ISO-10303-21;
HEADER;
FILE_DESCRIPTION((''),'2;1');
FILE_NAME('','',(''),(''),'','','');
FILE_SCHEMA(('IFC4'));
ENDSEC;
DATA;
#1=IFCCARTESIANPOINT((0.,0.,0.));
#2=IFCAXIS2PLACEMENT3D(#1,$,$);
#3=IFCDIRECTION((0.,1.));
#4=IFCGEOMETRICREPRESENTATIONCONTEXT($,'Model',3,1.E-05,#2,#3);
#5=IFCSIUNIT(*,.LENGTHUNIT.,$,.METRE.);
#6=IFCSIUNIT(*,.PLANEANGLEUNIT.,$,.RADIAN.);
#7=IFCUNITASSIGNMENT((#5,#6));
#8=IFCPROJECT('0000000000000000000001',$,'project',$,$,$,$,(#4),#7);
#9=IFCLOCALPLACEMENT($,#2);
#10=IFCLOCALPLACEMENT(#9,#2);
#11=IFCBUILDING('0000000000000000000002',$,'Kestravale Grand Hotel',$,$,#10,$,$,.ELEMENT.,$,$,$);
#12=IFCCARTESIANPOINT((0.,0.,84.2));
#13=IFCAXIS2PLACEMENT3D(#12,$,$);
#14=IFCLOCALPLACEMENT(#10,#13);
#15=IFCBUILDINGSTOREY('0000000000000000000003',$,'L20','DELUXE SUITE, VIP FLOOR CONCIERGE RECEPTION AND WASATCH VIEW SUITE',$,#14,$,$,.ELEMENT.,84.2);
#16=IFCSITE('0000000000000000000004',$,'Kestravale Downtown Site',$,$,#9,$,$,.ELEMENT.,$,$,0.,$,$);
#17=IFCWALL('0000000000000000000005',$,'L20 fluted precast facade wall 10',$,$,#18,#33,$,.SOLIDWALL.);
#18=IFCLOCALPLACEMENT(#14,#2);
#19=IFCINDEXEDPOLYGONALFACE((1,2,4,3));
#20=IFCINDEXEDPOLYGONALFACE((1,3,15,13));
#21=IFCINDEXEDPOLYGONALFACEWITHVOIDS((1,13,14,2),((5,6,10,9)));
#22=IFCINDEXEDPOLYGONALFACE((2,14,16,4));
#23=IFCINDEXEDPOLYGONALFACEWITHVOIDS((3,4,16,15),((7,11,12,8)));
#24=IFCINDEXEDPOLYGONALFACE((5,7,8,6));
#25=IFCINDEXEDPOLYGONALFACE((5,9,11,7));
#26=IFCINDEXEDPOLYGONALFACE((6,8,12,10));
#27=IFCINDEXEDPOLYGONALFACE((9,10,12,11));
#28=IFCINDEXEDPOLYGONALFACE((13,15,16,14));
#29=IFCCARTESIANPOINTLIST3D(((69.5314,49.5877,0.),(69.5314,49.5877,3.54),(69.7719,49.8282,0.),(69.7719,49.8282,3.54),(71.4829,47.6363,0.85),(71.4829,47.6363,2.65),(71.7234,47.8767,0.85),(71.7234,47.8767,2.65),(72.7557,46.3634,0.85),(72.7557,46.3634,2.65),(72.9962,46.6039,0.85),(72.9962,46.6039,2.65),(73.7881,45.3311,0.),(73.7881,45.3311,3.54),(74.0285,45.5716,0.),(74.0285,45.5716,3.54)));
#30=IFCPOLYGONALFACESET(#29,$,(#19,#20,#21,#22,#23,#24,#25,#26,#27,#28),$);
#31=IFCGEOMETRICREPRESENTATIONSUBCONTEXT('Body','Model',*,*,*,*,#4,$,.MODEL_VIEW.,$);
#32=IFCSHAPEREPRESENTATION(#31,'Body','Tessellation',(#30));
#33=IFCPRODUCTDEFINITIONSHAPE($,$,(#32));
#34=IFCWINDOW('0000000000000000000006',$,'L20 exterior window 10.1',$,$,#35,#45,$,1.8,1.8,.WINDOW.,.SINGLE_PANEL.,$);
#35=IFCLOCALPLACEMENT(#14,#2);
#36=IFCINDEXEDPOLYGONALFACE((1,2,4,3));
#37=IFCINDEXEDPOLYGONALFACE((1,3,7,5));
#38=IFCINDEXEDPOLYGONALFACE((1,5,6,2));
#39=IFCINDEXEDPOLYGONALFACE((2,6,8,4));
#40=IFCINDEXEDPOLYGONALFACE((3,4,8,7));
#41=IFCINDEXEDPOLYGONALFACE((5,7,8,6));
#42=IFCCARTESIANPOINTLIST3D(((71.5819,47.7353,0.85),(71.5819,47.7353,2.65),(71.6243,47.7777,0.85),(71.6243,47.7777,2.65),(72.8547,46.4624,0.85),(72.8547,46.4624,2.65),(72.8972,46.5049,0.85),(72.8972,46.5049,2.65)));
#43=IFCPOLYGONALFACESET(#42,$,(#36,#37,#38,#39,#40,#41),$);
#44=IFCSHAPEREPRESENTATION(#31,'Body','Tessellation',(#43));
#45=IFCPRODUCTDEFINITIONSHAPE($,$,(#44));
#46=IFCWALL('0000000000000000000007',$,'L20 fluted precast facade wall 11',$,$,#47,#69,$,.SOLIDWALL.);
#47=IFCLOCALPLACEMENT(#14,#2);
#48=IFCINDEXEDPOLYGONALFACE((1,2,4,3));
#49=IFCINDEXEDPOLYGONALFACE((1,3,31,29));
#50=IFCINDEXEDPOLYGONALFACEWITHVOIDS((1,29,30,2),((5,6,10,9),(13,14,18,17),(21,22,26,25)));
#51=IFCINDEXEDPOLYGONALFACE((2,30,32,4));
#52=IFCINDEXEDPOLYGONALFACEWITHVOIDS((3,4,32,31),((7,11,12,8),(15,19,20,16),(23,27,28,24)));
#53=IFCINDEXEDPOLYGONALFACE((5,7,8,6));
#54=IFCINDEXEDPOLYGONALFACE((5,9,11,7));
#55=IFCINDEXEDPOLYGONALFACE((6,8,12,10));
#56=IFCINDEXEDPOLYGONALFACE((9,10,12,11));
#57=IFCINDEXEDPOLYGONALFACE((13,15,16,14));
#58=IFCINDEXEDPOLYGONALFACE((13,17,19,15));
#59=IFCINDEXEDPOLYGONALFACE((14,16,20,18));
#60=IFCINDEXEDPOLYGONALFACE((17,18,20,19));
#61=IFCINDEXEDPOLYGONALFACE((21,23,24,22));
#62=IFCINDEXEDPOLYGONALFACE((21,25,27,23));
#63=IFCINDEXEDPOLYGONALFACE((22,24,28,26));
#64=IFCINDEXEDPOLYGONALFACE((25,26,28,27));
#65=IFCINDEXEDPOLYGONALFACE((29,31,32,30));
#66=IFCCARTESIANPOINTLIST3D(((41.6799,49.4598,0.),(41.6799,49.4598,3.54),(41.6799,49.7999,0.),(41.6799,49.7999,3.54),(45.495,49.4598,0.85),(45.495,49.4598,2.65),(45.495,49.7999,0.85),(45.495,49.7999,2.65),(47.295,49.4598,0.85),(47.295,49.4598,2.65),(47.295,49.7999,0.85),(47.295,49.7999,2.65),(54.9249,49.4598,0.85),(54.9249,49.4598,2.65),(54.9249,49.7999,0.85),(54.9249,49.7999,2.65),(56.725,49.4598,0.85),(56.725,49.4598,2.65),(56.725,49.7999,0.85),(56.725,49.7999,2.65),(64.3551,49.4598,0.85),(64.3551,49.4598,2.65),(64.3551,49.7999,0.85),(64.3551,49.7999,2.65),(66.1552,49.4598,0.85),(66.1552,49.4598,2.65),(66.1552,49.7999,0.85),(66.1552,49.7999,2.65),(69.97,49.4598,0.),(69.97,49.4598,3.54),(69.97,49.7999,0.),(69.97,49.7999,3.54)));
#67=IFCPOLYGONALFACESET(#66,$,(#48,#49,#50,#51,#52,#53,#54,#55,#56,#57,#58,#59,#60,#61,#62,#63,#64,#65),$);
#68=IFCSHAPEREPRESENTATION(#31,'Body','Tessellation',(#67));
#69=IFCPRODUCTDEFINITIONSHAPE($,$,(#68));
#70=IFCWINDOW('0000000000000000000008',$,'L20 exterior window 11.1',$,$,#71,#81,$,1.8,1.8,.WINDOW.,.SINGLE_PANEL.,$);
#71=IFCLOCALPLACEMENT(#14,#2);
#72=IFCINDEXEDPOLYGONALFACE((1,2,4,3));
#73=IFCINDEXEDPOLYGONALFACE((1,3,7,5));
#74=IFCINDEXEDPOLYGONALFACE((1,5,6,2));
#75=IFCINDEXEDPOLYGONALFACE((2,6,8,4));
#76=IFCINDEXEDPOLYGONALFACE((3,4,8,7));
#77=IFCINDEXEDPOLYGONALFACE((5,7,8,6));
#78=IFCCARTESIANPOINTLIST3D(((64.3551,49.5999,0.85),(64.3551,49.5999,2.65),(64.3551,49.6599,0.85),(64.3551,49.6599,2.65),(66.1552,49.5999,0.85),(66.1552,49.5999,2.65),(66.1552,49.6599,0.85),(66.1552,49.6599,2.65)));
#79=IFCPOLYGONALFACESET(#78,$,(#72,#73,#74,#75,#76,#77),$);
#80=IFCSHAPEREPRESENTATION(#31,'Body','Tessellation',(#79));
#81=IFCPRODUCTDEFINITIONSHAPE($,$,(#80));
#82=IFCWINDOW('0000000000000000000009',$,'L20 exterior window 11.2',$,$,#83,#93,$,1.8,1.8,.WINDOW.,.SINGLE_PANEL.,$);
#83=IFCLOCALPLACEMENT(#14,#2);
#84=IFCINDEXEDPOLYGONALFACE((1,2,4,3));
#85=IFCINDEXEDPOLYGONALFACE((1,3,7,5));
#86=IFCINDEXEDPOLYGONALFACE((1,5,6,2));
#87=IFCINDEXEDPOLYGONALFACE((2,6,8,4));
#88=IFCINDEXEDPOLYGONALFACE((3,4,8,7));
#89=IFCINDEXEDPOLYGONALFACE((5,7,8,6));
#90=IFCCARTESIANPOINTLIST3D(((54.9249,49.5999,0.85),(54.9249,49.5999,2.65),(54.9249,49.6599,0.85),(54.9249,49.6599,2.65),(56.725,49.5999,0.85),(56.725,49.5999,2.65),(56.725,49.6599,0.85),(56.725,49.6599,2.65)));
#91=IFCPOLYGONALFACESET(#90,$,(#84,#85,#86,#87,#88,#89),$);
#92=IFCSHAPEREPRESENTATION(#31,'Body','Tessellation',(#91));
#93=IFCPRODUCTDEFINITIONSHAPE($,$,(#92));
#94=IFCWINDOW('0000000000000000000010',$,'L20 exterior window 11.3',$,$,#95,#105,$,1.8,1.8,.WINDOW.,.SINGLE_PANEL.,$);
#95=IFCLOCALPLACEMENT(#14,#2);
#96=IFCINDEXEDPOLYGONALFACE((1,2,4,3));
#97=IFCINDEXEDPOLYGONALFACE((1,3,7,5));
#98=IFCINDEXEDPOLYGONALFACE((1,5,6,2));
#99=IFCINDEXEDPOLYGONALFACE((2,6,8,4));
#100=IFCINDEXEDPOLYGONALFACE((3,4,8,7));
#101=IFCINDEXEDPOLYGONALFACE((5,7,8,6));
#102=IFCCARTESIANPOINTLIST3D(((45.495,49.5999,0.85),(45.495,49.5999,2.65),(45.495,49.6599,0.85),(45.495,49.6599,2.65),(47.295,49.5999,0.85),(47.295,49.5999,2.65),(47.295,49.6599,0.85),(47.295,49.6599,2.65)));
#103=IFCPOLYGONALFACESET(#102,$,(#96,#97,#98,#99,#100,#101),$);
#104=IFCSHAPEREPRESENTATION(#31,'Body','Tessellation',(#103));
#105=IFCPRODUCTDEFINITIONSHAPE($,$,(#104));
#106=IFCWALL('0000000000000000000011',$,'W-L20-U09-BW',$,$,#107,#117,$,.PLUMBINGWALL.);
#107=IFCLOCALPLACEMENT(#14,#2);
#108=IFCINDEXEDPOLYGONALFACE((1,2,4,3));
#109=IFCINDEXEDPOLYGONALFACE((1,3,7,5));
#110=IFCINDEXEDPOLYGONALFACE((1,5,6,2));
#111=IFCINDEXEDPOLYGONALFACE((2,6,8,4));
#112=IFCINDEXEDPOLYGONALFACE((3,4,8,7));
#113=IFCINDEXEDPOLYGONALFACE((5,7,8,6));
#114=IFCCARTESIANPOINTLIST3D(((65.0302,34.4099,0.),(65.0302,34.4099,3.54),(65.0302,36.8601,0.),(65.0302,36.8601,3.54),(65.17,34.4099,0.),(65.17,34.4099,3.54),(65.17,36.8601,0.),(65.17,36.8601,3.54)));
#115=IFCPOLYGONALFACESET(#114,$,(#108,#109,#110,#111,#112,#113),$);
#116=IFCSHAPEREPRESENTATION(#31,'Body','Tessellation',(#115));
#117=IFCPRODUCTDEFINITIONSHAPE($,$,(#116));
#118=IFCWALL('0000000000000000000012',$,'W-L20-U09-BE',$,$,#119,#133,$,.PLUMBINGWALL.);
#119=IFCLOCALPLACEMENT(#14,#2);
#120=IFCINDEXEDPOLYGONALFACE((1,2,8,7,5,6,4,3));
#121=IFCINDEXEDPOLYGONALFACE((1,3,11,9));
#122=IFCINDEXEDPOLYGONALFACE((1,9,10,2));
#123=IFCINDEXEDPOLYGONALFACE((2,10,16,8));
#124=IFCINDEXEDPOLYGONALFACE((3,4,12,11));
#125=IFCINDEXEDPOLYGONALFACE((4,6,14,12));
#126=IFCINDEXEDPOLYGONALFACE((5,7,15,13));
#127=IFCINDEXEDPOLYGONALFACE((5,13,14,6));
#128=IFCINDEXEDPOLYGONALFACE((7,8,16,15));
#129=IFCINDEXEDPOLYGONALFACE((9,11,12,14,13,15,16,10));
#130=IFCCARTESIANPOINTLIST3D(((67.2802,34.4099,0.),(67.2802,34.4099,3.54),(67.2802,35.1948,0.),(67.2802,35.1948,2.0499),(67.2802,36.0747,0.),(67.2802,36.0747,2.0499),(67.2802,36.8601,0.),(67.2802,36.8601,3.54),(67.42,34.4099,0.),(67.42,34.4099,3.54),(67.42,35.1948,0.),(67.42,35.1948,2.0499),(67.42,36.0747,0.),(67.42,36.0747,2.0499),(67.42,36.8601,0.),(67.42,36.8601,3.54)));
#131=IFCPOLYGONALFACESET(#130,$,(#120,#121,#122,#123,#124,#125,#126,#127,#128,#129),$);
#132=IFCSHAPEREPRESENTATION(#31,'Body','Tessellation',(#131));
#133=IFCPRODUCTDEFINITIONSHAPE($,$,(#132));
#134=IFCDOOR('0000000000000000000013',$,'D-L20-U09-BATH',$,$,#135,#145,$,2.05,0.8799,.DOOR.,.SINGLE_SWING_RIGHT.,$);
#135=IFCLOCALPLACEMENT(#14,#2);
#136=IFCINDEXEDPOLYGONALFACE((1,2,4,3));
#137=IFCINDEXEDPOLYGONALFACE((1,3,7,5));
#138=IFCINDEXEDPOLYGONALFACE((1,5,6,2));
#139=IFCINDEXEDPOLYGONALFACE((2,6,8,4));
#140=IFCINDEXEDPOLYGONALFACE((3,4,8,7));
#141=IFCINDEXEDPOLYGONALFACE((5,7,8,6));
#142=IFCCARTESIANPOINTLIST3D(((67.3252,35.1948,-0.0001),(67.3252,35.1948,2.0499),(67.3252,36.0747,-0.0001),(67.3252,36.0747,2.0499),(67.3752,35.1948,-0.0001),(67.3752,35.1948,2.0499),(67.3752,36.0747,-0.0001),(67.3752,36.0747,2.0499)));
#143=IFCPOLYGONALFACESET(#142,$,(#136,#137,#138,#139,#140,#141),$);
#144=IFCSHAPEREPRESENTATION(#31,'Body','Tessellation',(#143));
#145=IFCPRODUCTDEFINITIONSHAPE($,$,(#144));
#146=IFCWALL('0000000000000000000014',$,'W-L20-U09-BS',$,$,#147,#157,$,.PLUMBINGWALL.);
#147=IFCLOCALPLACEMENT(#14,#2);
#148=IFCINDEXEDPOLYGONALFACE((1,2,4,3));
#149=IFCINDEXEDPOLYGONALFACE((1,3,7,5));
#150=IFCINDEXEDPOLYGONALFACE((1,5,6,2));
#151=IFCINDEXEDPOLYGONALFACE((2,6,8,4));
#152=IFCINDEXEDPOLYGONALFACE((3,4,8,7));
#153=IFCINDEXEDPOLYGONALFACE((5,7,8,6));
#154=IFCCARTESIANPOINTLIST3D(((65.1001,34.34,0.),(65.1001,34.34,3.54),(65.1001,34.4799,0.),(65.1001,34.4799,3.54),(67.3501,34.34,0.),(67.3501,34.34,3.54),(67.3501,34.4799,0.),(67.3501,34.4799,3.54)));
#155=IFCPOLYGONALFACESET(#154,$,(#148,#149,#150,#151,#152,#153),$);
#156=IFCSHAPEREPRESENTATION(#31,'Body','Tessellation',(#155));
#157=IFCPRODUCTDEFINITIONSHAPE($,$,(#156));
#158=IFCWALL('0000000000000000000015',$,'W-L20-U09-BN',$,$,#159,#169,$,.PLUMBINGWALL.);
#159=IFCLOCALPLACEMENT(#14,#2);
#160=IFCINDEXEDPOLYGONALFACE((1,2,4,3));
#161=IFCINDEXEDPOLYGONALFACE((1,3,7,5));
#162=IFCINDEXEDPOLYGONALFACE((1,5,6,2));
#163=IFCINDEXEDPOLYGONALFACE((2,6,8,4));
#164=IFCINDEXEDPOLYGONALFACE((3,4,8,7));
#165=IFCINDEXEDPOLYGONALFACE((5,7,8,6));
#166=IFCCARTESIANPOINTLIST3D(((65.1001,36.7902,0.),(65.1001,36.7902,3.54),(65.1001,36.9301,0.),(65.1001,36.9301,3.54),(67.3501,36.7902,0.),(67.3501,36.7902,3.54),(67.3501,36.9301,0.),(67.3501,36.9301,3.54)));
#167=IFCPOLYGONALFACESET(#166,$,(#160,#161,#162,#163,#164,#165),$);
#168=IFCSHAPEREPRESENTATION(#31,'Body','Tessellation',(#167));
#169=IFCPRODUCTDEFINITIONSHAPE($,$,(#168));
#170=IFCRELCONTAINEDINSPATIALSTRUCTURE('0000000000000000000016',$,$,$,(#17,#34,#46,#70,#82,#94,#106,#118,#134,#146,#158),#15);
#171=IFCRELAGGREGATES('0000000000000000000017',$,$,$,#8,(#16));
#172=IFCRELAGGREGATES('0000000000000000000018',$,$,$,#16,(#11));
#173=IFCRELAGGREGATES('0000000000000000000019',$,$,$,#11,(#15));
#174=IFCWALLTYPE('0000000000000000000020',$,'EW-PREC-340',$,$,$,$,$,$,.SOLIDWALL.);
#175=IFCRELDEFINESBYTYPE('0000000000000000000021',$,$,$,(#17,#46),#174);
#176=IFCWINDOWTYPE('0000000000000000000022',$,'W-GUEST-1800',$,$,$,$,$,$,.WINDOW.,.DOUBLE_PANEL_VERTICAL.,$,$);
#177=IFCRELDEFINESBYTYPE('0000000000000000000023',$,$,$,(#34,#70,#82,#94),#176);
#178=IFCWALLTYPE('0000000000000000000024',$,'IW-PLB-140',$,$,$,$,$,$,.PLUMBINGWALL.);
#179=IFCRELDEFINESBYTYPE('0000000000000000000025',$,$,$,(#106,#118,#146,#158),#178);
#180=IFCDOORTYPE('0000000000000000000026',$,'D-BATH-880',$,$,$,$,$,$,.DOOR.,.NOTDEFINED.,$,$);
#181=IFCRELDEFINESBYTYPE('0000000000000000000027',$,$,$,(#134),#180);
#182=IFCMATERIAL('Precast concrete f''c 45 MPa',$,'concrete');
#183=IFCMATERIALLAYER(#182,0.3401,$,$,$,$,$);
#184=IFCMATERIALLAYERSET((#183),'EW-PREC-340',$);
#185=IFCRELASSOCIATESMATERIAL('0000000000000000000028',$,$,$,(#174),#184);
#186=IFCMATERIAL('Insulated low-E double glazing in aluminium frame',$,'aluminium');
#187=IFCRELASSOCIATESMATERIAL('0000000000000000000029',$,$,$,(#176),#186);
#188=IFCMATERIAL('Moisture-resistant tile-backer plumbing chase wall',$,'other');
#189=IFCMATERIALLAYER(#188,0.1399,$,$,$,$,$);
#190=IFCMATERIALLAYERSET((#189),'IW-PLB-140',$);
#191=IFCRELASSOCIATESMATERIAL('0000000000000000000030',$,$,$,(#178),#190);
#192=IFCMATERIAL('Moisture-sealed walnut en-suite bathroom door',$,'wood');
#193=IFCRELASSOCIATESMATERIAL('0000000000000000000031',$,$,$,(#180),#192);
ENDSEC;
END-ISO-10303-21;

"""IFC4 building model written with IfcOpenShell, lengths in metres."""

from ifc_helpers import new_model, si_unit, direction, frame, frame_2d, origin, place, context, subcontext, project, spatial, rectangle, extrude, material, layer, layer_set, type_object, element, fill, save


model = new_model("IFC4")

# Units and contexts
model_context = context("Model", 3, precision=1e-05, world=origin(), true_north=direction((0.0, 1.0)))
body_context = subcontext(model_context, "Body", "Model", "MODEL_VIEW")
ifc_project = project(units=[si_unit("LENGTHUNIT", "METRE"), si_unit("PLANEANGLEUNIT", "RADIAN")], contexts=[model_context])

# Site, building, storey
site_placement = place(None, origin())
site = spatial("IfcSite", under=ifc_project, at=site_placement, Name="Kestravale Downtown Site", CompositionType="ELEMENT", RefElevation=0.0)
building_placement = place(site_placement, origin())
building = spatial("IfcBuilding", under=site, at=building_placement, Name="Kestravale Grand Hotel", CompositionType="ELEMENT")
storey_placement = place(building_placement, frame((0.0, 0.0, 84.2)))
storey = spatial("IfcBuildingStorey", under=building, at=storey_placement, Name="L20", Description="DELUXE SUITE, VIP FLOOR CONCIERGE RECEPTION AND WASATCH VIEW SUITE", CompositionType="ELEMENT", Elevation=84.2)

# Wall, opening, window
ifc_material_1 = material(Name="Precast concrete f'c 45 MPa", Category="concrete")
ifc_layer_1 = layer(ifc_material_1, 0.3401)
ifc_layer_set_1 = layer_set([ifc_layer_1], Name="EW-PREC-340")
wall_type_1 = type_object("IfcWallType", Name="EW-PREC-340", PredefinedType="SOLIDWALL", material=ifc_layer_set_1)
wall_1_placement = place(storey_placement, frame((73.9082, 45.4514, 0.0), z_axis=(0.0, 0.0, 1.0), x_axis=(-0.707107, 0.707107, 0.0)))
wall_1 = element("IfcWall", 1, at=wall_1_placement, inside=storey, type_object=wall_type_1, Name="L20 fluted precast facade wall 10", PredefinedType="SOLIDWALL", context=body_context, shape_type="SweptSolid", body=[
    extrude(rectangle(XDim=6.0198, YDim=0.3401, at=frame_2d((3.0098, 0.0))), origin(), (0.0, 0.0, 1.0), 3.54),
])
opening_1_placement = place(wall_1_placement, frame((1.46, 0.0, 0.8501)))
opening_1 = element("IfcOpeningElement", 2, at=opening_1_placement, cuts=wall_1, PredefinedType="OPENING", context=body_context, shape_type="SweptSolid", body=[
    extrude(rectangle(XDim=1.8, YDim=1.8, at=frame_2d((0.8999, 0.8999))), frame((0.0, 0.1799, 0.0), z_axis=(0.0, -1.0, 0.0), x_axis=(1.0, 0.0, 0.0)), (0.0, 0.0, 1.0), 0.3601),
])
ifc_material_2 = material(Name="Insulated low-E double glazing in aluminium frame", Category="aluminium")
window_type = type_object("IfcWindowType", Name="W-GUEST-1800", PartitioningType="DOUBLE_PANEL_VERTICAL", PredefinedType="WINDOW", material=ifc_material_2)
window_1_placement = place(opening_1_placement, origin())
window_1 = element("IfcWindow", 3, at=window_1_placement, inside=storey, type_object=window_type, Name="L20 exterior window 10.1", OverallHeight=1.8, OverallWidth=1.8, PartitioningType="SINGLE_PANEL", PredefinedType="WINDOW", context=body_context, shape_type="SweptSolid", body=[
    extrude(rectangle(XDim=1.8, YDim=1.8, at=frame_2d((0.8999, 0.8999))), frame((0.0, 0.03, 0.0), z_axis=(0.0, -1.0, 0.0), x_axis=(1.0, 0.0, 0.0)), (0.0, 0.0, 1.0), 0.0601),
])
fill(opening_1, window_1)

# Wall, openings, windows
wall_2_placement = place(storey_placement, frame((69.97, 49.6299, 0.0), z_axis=(0.0, 0.0, 1.0), x_axis=(-1.0, 0.0, 0.0)))
wall_2 = element("IfcWall", 4, at=wall_2_placement, inside=storey, type_object=wall_type_1, Name="L20 fluted precast facade wall 11", PredefinedType="SOLIDWALL", context=body_context, shape_type="SweptSolid", body=[
    extrude(rectangle(XDim=28.29, YDim=0.3401, at=frame_2d((14.145, 0.0))), origin(), (0.0, 0.0, 1.0), 3.54),
])
opening_2_placement = place(wall_2_placement, frame((3.8149, 0.0, 0.8501)))
opening_2 = element("IfcOpeningElement", 5, at=opening_2_placement, cuts=wall_2, PredefinedType="OPENING", context=body_context, shape_type="SweptSolid", body=[
    extrude(rectangle(XDim=1.8, YDim=1.8, at=frame_2d((0.8999, 0.8999))), frame((0.0, 0.1799, 0.0), z_axis=(0.0, -1.0, 0.0), x_axis=(1.0, 0.0, 0.0)), (0.0, 0.0, 1.0), 0.3601),
])
opening_3_placement = place(wall_2_placement, frame((13.2451, 0.0, 0.8501)))
opening_3 = element("IfcOpeningElement", 6, at=opening_3_placement, cuts=wall_2, PredefinedType="OPENING", context=body_context, shape_type="SweptSolid", body=[
    extrude(rectangle(XDim=1.8, YDim=1.8, at=frame_2d((0.8999, 0.8999))), frame((0.0, 0.1799, 0.0), z_axis=(0.0, -1.0, 0.0), x_axis=(1.0, 0.0, 0.0)), (0.0, 0.0, 1.0), 0.3601),
])
opening_4_placement = place(wall_2_placement, frame((22.675, 0.0, 0.8501)))
opening_4 = element("IfcOpeningElement", 7, at=opening_4_placement, cuts=wall_2, PredefinedType="OPENING", context=body_context, shape_type="SweptSolid", body=[
    extrude(rectangle(XDim=1.8, YDim=1.8, at=frame_2d((0.8999, 0.8999))), frame((0.0, 0.1799, 0.0), z_axis=(0.0, -1.0, 0.0), x_axis=(1.0, 0.0, 0.0)), (0.0, 0.0, 1.0), 0.3601),
])
window_2_placement = place(opening_2_placement, origin())
window_2 = element("IfcWindow", 8, at=window_2_placement, inside=storey, type_object=window_type, Name="L20 exterior window 11.1", OverallHeight=1.8, OverallWidth=1.8, PartitioningType="SINGLE_PANEL", PredefinedType="WINDOW", context=body_context, shape_type="SweptSolid", body=[
    extrude(rectangle(XDim=1.8, YDim=1.8, at=frame_2d((0.8999, 0.8999))), frame((0.0, 0.03, 0.0), z_axis=(0.0, -1.0, 0.0), x_axis=(1.0, 0.0, 0.0)), (0.0, 0.0, 1.0), 0.0601),
])
fill(opening_2, window_2)
window_3_placement = place(opening_3_placement, origin())
window_3 = element("IfcWindow", 9, at=window_3_placement, inside=storey, type_object=window_type, Name="L20 exterior window 11.2", OverallHeight=1.8, OverallWidth=1.8, PartitioningType="SINGLE_PANEL", PredefinedType="WINDOW", context=body_context, shape_type="SweptSolid", body=[
    extrude(rectangle(XDim=1.8, YDim=1.8, at=frame_2d((0.8999, 0.8999))), frame((0.0, 0.03, 0.0), z_axis=(0.0, -1.0, 0.0), x_axis=(1.0, 0.0, 0.0)), (0.0, 0.0, 1.0), 0.0601),
])
fill(opening_3, window_3)
window_4_placement = place(opening_4_placement, origin())
window_4 = element("IfcWindow", 10, at=window_4_placement, inside=storey, type_object=window_type, Name="L20 exterior window 11.3", OverallHeight=1.8, OverallWidth=1.8, PartitioningType="SINGLE_PANEL", PredefinedType="WINDOW", context=body_context, shape_type="SweptSolid", body=[
    extrude(rectangle(XDim=1.8, YDim=1.8, at=frame_2d((0.8999, 0.8999))), frame((0.0, 0.03, 0.0), z_axis=(0.0, -1.0, 0.0), x_axis=(1.0, 0.0, 0.0)), (0.0, 0.0, 1.0), 0.0601),
])
fill(opening_4, window_4)

# Wall
ifc_material_3 = material(Name="Moisture-resistant tile-backer plumbing chase wall", Category="other")
ifc_layer_2 = layer(ifc_material_3, 0.1399)
ifc_layer_set_2 = layer_set([ifc_layer_2], Name="IW-PLB-140")
wall_type_2 = type_object("IfcWallType", Name="IW-PLB-140", PredefinedType="PLUMBINGWALL", material=ifc_layer_set_2)
wall_3_placement = place(storey_placement, frame((65.1001, 34.4099, 0.0), z_axis=(0.0, 0.0, 1.0), x_axis=(0.0, 1.0, 0.0)))
element("IfcWall", 11, at=wall_3_placement, inside=storey, type_object=wall_type_2, Name="W-L20-U09-BW", PredefinedType="PLUMBINGWALL", context=body_context, shape_type="SweptSolid", body=[
    extrude(rectangle(XDim=2.4502, YDim=0.1399, at=frame_2d((1.2251, 0.0))), origin(), (0.0, 0.0, 1.0), 3.54),
])

# Wall, opening, door
wall_4_placement = place(storey_placement, frame((67.3501, 34.4099, 0.0), z_axis=(0.0, 0.0, 1.0), x_axis=(0.0, 1.0, 0.0)))
wall_4 = element("IfcWall", 12, at=wall_4_placement, inside=storey, type_object=wall_type_2, Name="W-L20-U09-BE", PredefinedType="PLUMBINGWALL", context=body_context, shape_type="SweptSolid", body=[
    extrude(rectangle(XDim=2.4502, YDim=0.1399, at=frame_2d((1.2251, 0.0))), origin(), (0.0, 0.0, 1.0), 3.54),
])
opening_5_placement = place(wall_4_placement, frame((0.7849, 0.0, 0.0)))
opening_5 = element("IfcOpeningElement", 13, at=opening_5_placement, cuts=wall_4, PredefinedType="OPENING", context=body_context, shape_type="SweptSolid", body=[
    extrude(rectangle(XDim=0.8799, YDim=2.05, at=frame_2d((0.4399, 1.0249))), frame((0.0, 0.0798, 0.0), z_axis=(0.0, -1.0, 0.0), x_axis=(1.0, 0.0, 0.0)), (0.0, 0.0, 1.0), 0.1599),
])
ifc_material_4 = material(Name="Moisture-sealed walnut en-suite bathroom door", Category="wood")
door_type = type_object("IfcDoorType", Name="D-BATH-880", OperationType="NOTDEFINED", PredefinedType="DOOR", material=ifc_material_4)
door_placement = place(opening_5_placement, origin())
door = element("IfcDoor", 14, at=door_placement, inside=storey, type_object=door_type, Name="D-L20-U09-BATH", OperationType="SINGLE_SWING_RIGHT", OverallHeight=2.05, OverallWidth=0.8799, PredefinedType="DOOR", context=body_context, shape_type="SweptSolid", body=[
    extrude(rectangle(XDim=0.8799, YDim=2.05, at=frame_2d((0.4399, 1.0249))), frame((0.0, 0.0249, 0.0), z_axis=(0.0, -1.0, 0.0), x_axis=(1.0, 0.0, 0.0)), (0.0, 0.0, 1.0), 0.05),
])
fill(opening_5, door)

# Walls
for number, where, z_axis, x_axis, name in (
    (15, (65.1001, 34.4099, 0.0), (0.0, 0.0, 1.0), (1.0, 0.0, 0.0), "W-L20-U09-BS"),
    (16, (65.1001, 36.8601, 0.0), (0.0, 0.0, 1.0), (1.0, 0.0, 0.0), "W-L20-U09-BN"),
):
    element("IfcWall", number, at=place(storey_placement, frame(where, z_axis=z_axis, x_axis=x_axis)), inside=storey, type_object=wall_type_2, Name=name, PredefinedType="PLUMBINGWALL", context=body_context, shape_type="SweptSolid", body=[
        extrude(rectangle(XDim=2.25, YDim=0.1399, at=frame_2d((1.125, 0.0))), origin(), (0.0, 0.0, 1.0), 3.54),
    ])

save(model, "model.ifc")
